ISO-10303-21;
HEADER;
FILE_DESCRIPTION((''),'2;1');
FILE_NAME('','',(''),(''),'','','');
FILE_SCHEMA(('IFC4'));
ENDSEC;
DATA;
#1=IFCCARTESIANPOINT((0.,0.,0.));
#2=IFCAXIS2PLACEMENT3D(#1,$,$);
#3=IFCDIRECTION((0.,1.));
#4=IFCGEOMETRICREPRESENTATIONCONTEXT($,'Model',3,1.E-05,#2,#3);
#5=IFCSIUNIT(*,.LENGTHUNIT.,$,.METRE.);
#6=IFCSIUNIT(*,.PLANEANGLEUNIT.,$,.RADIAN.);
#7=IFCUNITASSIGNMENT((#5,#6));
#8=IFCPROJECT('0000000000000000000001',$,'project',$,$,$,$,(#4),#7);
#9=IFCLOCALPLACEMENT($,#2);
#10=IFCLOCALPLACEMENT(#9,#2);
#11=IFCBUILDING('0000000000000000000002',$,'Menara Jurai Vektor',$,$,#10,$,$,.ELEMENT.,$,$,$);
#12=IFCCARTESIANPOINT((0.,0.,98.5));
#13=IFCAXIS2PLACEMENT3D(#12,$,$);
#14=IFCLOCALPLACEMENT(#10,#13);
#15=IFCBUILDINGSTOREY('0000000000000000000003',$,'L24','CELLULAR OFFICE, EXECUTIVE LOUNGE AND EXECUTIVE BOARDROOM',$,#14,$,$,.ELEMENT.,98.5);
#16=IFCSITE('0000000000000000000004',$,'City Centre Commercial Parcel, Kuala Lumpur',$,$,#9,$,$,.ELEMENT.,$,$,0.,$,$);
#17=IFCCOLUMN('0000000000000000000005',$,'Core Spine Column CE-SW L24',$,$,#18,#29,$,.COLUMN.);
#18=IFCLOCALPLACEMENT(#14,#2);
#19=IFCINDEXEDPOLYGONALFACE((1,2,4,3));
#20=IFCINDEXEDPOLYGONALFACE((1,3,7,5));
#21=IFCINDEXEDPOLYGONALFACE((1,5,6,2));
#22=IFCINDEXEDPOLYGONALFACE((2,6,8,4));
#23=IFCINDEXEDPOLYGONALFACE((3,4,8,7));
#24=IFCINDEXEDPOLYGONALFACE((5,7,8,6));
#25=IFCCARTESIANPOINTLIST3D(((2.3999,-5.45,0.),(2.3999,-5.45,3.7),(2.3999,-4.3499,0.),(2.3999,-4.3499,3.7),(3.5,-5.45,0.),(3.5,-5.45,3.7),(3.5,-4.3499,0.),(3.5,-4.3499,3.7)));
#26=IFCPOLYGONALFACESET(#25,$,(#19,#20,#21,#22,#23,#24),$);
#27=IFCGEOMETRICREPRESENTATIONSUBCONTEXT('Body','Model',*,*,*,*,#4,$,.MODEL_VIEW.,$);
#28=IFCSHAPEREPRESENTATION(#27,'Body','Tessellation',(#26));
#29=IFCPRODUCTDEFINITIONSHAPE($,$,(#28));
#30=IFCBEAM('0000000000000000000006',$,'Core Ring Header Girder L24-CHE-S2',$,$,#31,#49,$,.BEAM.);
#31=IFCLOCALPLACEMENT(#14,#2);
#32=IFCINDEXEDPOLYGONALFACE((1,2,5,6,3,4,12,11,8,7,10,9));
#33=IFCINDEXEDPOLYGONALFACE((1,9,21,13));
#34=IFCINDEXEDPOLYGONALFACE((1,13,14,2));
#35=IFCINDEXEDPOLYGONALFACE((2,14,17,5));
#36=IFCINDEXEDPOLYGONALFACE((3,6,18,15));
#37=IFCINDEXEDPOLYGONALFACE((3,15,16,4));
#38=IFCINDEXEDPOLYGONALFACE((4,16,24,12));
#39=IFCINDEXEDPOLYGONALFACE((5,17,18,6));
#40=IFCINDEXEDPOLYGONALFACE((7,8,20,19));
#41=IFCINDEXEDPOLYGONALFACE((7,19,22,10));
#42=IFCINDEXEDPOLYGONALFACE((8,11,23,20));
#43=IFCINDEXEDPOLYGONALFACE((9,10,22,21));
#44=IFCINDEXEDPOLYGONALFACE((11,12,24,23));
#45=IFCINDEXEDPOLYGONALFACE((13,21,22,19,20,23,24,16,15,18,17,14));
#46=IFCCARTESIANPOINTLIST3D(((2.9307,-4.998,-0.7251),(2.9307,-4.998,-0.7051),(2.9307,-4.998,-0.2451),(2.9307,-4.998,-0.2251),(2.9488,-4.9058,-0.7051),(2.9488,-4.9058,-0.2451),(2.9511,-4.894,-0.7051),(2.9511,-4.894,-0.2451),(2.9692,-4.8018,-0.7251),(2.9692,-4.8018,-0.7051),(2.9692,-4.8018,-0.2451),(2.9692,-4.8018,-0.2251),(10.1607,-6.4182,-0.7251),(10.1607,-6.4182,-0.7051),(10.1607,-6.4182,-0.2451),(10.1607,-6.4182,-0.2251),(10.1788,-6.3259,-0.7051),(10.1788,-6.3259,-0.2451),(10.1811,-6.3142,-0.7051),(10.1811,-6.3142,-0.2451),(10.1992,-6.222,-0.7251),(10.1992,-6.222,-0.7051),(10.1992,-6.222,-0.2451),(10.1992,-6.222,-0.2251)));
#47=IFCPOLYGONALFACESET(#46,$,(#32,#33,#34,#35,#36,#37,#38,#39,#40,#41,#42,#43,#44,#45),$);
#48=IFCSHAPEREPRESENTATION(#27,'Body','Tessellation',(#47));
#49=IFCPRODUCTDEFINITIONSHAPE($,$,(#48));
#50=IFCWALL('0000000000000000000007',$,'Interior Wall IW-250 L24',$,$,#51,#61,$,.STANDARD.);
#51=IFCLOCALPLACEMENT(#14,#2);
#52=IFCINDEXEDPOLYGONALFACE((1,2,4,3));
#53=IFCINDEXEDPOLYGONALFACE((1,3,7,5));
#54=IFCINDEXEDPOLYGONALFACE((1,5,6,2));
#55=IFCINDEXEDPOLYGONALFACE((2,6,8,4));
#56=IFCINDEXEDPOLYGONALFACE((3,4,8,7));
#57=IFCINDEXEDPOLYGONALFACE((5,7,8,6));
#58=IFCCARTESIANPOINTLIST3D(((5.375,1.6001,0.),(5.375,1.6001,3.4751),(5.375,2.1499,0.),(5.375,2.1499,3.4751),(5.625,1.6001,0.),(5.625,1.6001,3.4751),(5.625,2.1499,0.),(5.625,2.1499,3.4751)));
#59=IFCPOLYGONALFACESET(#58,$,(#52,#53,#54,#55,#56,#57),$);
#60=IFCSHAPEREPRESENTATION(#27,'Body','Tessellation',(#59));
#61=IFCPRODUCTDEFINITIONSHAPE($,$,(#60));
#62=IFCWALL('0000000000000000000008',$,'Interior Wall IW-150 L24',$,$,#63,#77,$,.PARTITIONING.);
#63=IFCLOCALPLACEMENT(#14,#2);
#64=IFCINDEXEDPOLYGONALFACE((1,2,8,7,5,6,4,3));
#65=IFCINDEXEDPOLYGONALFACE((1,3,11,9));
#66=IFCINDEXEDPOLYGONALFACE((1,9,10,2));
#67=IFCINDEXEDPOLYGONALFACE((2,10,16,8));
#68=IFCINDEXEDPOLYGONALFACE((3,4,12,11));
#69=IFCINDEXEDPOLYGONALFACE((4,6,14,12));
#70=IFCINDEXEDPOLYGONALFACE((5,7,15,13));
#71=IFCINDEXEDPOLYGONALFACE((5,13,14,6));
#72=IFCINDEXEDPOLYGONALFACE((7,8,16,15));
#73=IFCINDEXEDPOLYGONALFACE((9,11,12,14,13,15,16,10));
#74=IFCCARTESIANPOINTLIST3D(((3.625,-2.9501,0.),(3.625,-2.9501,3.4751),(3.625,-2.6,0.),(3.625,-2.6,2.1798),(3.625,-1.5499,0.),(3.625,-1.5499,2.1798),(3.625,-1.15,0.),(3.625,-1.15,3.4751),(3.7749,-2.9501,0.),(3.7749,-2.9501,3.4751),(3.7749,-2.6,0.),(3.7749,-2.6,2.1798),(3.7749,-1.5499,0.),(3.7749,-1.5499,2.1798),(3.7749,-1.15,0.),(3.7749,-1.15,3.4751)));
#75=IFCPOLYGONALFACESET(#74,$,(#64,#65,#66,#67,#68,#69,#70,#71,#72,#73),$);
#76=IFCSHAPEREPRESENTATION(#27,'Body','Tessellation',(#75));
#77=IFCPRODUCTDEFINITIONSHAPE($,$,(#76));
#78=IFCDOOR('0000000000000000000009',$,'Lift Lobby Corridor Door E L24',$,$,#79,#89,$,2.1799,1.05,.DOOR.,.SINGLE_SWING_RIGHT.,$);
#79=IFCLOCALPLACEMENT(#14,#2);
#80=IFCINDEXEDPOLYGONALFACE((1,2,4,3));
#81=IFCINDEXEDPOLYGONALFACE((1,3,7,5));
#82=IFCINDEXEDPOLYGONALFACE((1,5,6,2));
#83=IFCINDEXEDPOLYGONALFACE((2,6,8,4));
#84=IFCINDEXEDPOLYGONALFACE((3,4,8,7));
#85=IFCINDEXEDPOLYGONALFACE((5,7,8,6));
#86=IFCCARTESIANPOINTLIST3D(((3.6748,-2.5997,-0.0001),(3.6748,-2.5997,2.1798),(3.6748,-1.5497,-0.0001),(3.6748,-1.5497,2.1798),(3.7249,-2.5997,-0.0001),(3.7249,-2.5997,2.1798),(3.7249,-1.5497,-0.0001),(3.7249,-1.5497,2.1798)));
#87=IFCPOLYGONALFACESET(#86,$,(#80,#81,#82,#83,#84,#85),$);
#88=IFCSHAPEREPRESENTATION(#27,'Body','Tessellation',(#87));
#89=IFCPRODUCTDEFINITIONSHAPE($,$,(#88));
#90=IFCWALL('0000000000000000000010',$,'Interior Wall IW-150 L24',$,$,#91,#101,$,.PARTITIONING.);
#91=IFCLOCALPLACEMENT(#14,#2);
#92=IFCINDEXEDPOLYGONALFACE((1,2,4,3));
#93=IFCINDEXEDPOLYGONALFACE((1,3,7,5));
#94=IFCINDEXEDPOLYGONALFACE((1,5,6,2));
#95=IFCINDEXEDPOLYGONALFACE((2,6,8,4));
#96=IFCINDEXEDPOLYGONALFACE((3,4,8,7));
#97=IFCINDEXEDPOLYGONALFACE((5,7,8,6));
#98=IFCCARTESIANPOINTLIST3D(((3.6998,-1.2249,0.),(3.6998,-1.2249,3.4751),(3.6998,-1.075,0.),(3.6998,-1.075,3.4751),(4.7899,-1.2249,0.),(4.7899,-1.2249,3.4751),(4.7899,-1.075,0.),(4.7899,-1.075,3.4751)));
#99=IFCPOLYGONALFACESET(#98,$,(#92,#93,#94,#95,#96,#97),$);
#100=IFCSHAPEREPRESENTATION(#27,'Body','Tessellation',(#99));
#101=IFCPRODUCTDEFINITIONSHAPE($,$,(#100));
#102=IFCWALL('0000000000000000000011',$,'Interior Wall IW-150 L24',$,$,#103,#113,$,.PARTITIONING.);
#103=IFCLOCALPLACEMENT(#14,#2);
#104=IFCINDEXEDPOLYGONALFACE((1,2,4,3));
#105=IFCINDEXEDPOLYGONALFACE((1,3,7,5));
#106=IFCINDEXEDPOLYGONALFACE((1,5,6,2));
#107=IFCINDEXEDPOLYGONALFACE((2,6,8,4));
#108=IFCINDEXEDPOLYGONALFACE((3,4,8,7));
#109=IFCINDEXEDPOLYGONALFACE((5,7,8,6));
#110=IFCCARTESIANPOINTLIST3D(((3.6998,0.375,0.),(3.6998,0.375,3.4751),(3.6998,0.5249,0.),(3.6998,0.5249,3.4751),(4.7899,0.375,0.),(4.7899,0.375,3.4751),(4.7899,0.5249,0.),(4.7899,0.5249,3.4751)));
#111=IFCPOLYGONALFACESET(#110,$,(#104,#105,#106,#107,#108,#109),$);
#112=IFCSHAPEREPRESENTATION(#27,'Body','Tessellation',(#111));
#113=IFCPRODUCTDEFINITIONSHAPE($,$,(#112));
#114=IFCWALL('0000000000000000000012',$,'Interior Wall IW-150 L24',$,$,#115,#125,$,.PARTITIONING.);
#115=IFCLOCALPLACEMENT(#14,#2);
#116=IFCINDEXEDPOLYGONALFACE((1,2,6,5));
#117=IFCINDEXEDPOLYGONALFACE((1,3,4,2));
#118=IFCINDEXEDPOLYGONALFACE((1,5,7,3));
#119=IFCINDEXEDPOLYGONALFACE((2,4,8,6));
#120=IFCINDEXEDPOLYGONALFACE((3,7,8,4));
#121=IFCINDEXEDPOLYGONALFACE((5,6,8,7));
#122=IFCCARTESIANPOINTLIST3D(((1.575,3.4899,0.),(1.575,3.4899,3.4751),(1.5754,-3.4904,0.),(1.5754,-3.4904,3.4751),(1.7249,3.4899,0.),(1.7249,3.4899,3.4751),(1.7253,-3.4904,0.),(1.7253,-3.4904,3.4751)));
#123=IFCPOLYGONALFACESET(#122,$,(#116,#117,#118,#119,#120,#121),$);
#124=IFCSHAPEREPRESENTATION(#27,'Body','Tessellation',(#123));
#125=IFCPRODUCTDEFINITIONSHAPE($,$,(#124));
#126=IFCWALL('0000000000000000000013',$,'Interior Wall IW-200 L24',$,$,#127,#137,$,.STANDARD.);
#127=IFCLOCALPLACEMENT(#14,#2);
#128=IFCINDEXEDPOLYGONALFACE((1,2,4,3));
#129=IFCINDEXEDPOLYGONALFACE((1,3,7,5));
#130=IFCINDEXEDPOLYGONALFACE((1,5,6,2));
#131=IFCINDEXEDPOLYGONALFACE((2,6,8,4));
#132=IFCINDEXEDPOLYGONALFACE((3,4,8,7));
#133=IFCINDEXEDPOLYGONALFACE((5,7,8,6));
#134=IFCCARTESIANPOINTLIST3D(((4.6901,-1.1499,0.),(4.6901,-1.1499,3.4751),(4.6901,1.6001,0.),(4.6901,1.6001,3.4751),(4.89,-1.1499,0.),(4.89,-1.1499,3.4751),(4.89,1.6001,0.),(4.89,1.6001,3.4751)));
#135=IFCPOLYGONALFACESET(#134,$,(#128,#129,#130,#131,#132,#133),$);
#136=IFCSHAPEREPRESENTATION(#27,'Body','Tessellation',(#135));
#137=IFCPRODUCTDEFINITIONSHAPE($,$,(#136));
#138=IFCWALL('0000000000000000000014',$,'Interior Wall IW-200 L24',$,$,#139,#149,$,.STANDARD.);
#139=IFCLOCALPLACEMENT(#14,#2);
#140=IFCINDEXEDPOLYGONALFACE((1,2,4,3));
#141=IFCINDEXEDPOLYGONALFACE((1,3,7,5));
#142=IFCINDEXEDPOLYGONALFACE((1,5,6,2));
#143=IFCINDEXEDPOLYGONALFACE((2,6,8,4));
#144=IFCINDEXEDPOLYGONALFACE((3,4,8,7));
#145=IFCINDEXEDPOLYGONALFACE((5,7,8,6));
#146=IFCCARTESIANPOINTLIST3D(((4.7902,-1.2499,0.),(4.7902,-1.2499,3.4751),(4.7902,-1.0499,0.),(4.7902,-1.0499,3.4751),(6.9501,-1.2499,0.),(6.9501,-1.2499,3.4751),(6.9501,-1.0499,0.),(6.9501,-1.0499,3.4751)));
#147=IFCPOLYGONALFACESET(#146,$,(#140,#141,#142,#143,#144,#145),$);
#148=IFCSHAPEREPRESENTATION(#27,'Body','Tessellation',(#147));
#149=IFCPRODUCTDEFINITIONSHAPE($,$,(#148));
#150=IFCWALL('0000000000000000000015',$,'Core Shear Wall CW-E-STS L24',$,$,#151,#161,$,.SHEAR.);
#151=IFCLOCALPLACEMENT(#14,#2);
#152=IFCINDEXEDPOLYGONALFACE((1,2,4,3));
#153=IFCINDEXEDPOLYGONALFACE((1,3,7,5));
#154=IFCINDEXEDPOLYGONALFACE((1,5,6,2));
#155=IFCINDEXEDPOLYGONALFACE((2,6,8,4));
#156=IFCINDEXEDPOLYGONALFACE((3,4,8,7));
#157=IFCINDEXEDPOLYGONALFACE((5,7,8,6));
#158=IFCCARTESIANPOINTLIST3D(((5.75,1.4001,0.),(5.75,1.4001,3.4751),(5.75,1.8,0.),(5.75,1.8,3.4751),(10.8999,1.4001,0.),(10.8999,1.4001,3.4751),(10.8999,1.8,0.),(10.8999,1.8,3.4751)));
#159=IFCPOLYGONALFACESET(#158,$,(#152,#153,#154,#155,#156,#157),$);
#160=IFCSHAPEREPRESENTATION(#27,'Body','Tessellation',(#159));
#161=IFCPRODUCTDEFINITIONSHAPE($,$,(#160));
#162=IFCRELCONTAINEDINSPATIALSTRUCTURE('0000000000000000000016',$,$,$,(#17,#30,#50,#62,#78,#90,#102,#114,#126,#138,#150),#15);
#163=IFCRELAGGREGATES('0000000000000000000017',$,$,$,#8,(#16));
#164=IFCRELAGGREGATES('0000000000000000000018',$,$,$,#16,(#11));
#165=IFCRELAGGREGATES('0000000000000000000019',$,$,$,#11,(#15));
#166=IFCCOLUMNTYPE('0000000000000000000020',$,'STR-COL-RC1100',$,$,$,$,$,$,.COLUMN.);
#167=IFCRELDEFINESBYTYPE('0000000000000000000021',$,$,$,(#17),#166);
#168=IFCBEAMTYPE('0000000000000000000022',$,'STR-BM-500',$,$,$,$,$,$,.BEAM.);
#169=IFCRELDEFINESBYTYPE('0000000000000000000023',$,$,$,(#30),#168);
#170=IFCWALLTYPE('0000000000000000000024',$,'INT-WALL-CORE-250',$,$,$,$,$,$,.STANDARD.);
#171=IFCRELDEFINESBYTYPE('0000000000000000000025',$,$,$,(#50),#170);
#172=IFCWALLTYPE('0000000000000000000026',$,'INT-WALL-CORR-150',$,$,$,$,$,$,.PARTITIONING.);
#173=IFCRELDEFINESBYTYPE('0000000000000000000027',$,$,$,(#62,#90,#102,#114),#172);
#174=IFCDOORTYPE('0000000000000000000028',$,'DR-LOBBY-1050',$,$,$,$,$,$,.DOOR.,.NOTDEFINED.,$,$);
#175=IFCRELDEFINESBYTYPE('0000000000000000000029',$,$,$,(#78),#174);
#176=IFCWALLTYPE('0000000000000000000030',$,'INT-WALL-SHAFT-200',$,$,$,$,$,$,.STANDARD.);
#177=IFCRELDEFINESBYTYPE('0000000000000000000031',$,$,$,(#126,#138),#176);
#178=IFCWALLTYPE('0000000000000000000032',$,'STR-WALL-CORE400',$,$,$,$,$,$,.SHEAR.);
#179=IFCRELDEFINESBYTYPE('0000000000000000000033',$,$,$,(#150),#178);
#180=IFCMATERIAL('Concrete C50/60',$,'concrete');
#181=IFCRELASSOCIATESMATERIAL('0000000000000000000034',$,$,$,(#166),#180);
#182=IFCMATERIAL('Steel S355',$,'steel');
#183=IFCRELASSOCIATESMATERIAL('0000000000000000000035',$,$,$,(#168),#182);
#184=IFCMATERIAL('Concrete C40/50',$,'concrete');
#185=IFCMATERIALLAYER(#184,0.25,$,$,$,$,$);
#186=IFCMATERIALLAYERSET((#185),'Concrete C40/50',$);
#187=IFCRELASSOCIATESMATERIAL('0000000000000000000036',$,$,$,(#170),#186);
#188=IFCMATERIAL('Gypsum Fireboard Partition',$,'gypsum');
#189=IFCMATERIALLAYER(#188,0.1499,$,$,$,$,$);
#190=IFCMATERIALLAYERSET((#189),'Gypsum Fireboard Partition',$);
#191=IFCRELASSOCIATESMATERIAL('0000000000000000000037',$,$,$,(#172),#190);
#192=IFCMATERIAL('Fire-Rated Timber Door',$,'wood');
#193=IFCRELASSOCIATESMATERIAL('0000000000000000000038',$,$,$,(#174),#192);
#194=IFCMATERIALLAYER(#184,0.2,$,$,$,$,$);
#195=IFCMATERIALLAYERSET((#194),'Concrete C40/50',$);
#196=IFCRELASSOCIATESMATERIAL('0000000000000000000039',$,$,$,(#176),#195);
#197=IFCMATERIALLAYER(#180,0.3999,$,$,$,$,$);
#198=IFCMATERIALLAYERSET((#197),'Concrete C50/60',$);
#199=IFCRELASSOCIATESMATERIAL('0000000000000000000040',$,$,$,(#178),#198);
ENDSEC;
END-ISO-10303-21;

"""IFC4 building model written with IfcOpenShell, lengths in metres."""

from ifc_helpers import new_model, si_unit, direction, frame, frame_2d, origin, origin_2d, place, context, subcontext, project, spatial, rectangle, i_section, extrude, material, layer, layer_set, material_profile, profile_set, type_object, element, fill, save


model = new_model("IFC4")

# Units and contexts
model_context = context("Model", 3, precision=1e-05, world=origin(), true_north=direction((0.0, 1.0)))
body_context = subcontext(model_context, "Body", "Model", "MODEL_VIEW")
ifc_project = project(units=[si_unit("LENGTHUNIT", "METRE"), si_unit("PLANEANGLEUNIT", "RADIAN")], contexts=[model_context])

# Site, building, storey
site_placement = place(None, origin())
site = spatial("IfcSite", under=ifc_project, at=site_placement, Name="City Centre Commercial Parcel, Kuala Lumpur", CompositionType="ELEMENT", RefElevation=0.0)
building_placement = place(site_placement, origin())
building = spatial("IfcBuilding", under=site, at=building_placement, Name="Menara Jurai Vektor", CompositionType="ELEMENT")
storey_placement = place(building_placement, frame((0.0, 0.0, 98.5)))
storey = spatial("IfcBuildingStorey", under=building, at=storey_placement, Name="L24", Description="CELLULAR OFFICE, EXECUTIVE LOUNGE AND EXECUTIVE BOARDROOM", CompositionType="ELEMENT", Elevation=98.5)

# Column
ifc_material_1 = material(Name="Concrete C50/60", Category="concrete")
ifc_material_profile_1 = material_profile(ifc_material_1, rectangle(XDim=1.1001, YDim=1.1001, at=origin_2d()), Name="RC 1100x1100")
ifc_profile_set_1 = profile_set([ifc_material_profile_1], Name="Concrete C50/60")
column_type = type_object("IfcColumnType", Name="STR-COL-RC1100", PredefinedType="COLUMN", material=ifc_profile_set_1)
column_placement = place(storey_placement, frame((2.95, -4.8999, 0.0), z_axis=(0.0, 0.0, 1.0), x_axis=(1.0, 0.0, 0.0)))
element("IfcColumn", 1, at=column_placement, inside=storey, type_object=column_type, Name="Core Spine Column CE-SW L24", PredefinedType="COLUMN", context=body_context, shape_type="SweptSolid", body=[
    extrude(rectangle(XDim=1.1001, YDim=1.1001, at=origin_2d()), origin(), (0.0, 0.0, 1.0), 3.7),
])

# Beam
ifc_material_2 = material(Name="Steel S355", Category="steel")
ifc_material_profile_2 = material_profile(ifc_material_2, i_section(OverallWidth=0.2, OverallDepth=0.5, WebThickness=0.012, FlangeThickness=0.02, at=origin_2d()), Name="PG 500x200x96")
ifc_profile_set_2 = profile_set([ifc_material_profile_2], Name="Steel S355")
beam_type = type_object("IfcBeamType", Name="STR-BM-500", PredefinedType="BEAM", material=ifc_profile_set_2)
beam_placement = place(storey_placement, frame((2.95, -4.8999, -0.4751), z_axis=(0.981249, -0.192744, 0.0), x_axis=(0.192744, 0.981249, 0.0)))
element("IfcBeam", 2, at=beam_placement, inside=storey, type_object=beam_type, Name="Core Ring Header Girder L24-CHE-S2", PredefinedType="BEAM", context=body_context, shape_type="SweptSolid", body=[
    extrude(i_section(OverallWidth=0.2, OverallDepth=0.5, WebThickness=0.012, FlangeThickness=0.02, at=origin_2d()), origin(), (0.0, 0.0, 1.0), 7.3682),
])

# Wall
ifc_material_3 = material(Name="Concrete C40/50", Category="concrete")
ifc_layer_1 = layer(ifc_material_3, 0.25)
ifc_layer_set_1 = layer_set([ifc_layer_1], Name="Concrete C40/50")
wall_type_1 = type_object("IfcWallType", Name="INT-WALL-CORE-250", PredefinedType="STANDARD", material=ifc_layer_set_1)
wall_1_placement = place(storey_placement, frame((5.5, 1.6001, 0.0), z_axis=(0.0, 0.0, 1.0), x_axis=(0.0, 1.0, 0.0)))
element("IfcWall", 3, at=wall_1_placement, inside=storey, type_object=wall_type_1, Name="Interior Wall IW-250 L24", PredefinedType="STANDARD", context=body_context, shape_type="SweptSolid", body=[
    extrude(rectangle(XDim=0.5498, YDim=0.25, at=frame_2d((0.2749, 0.0))), origin(), (0.0, 0.0, 1.0), 3.4751),
])

# Wall, opening, door
ifc_material_4 = material(Name="Gypsum Fireboard Partition", Category="gypsum")
ifc_layer_2 = layer(ifc_material_4, 0.1499)
ifc_layer_set_2 = layer_set([ifc_layer_2], Name="Gypsum Fireboard Partition")
wall_type_2 = type_object("IfcWallType", Name="INT-WALL-CORR-150", PredefinedType="PARTITIONING", material=ifc_layer_set_2)
wall_2_placement = place(storey_placement, frame((3.7, -2.95, 0.0), z_axis=(0.0, 0.0, 1.0), x_axis=(0.0, 1.0, 0.0)))
wall_2 = element("IfcWall", 4, at=wall_2_placement, inside=storey, type_object=wall_type_2, Name="Interior Wall IW-150 L24", PredefinedType="PARTITIONING", context=body_context, shape_type="SweptSolid", body=[
    extrude(rectangle(XDim=1.8, YDim=0.1499, at=frame_2d((0.8999, 0.0))), origin(), (0.0, 0.0, 1.0), 3.4751),
])
opening_1_placement = place(wall_2_placement, frame((0.3501, 0.0, 0.0)))
opening_1 = element("IfcOpeningElement", 5, at=opening_1_placement, cuts=wall_2, PredefinedType="OPENING", context=body_context, shape_type="SweptSolid", body=[
    extrude(rectangle(XDim=1.05, YDim=2.1799, at=frame_2d((0.5249, 1.0898))), frame((0.0, 0.085, 0.0), z_axis=(0.0, -1.0, 0.0), x_axis=(1.0, 0.0, 0.0)), (0.0, 0.0, 1.0), 0.1699),
])
ifc_material_5 = material(Name="Fire-Rated Timber Door", Category="wood")
door_type_1 = type_object("IfcDoorType", Name="DR-LOBBY-1050", OperationType="NOTDEFINED", PredefinedType="DOOR", material=ifc_material_5)
door_1_placement = place(opening_1_placement, frame((1.05, 0.0, 0.0), z_axis=(0.0, 0.0, 1.0), x_axis=(-1.0, 0.0, 0.0)))
door_1 = element("IfcDoor", 6, at=door_1_placement, inside=storey, type_object=door_type_1, Name="Lift Lobby Corridor Door E L24", OperationType="SINGLE_SWING_RIGHT", OverallHeight=2.1799, OverallWidth=1.05, PredefinedType="DOOR", context=body_context, shape_type="SweptSolid", body=[
    extrude(rectangle(XDim=1.05, YDim=2.1799, at=frame_2d((0.5249, 1.0898))), frame((0.0, 0.0249, 0.0), z_axis=(0.0, -1.0, 0.0), x_axis=(1.0, 0.0, 0.0)), (0.0, 0.0, 1.0), 0.05),
])
fill(opening_1, door_1)

# Walls
for number, where, z_axis, x_axis, name in (
    (7, (3.7, -1.1499, 0.0), (0.0, 0.0, 1.0), (1.0, 0.0, 0.0), "Interior Wall IW-150 L24"),
    (8, (3.7, 0.45, 0.0), (0.0, 0.0, 1.0), (1.0, 0.0, 0.0), "Interior Wall IW-150 L24"),
):
    element("IfcWall", number, at=place(storey_placement, frame(where, z_axis=z_axis, x_axis=x_axis)), inside=storey, type_object=wall_type_2, Name=name, PredefinedType="PARTITIONING", context=body_context, shape_type="SweptSolid", body=[
        extrude(rectangle(XDim=1.0901, YDim=0.1499, at=frame_2d((0.5449, 0.0))), origin(), (0.0, 0.0, 1.0), 3.4751),
    ])
wall_3_placement = place(storey_placement, frame((1.6504, -3.4905, 0.0), z_axis=(0.0, 0.0, 1.0), x_axis=(-0.00007, 1.0, 0.0)))
element("IfcWall", 9, at=wall_3_placement, inside=storey, type_object=wall_type_2, Name="Interior Wall IW-150 L24", PredefinedType="PARTITIONING", context=body_context, shape_type="SweptSolid", body=[
    extrude(rectangle(XDim=6.9802, YDim=0.1499, at=frame_2d((3.4902, 0.0))), origin(), (0.0, 0.0, 1.0), 3.4751),
])

# Shared definitions
ifc_layer_3 = layer(ifc_material_3, 0.2)
ifc_layer_set_3 = layer_set([ifc_layer_3], Name="Concrete C40/50")
wall_type_3 = type_object("IfcWallType", Name="INT-WALL-SHAFT-200", PredefinedType="STANDARD", material=ifc_layer_set_3)

# Walls
wall_4_placement = place(storey_placement, frame((4.79, -1.1499, 0.0), z_axis=(0.0, 0.0, 1.0), x_axis=(0.0, 1.0, 0.0)))
element("IfcWall", 10, at=wall_4_placement, inside=storey, type_object=wall_type_3, Name="Interior Wall IW-200 L24", PredefinedType="STANDARD", context=body_context, shape_type="SweptSolid", body=[
    extrude(rectangle(XDim=2.75, YDim=0.2, at=frame_2d((1.375, 0.0))), origin(), (0.0, 0.0, 1.0), 3.4751),
])
wall_5_placement = place(storey_placement, frame((4.79, -1.1499, 0.0), z_axis=(0.0, 0.0, 1.0), x_axis=(1.0, 0.0, 0.0)))
element("IfcWall", 11, at=wall_5_placement, inside=storey, type_object=wall_type_3, Name="Interior Wall IW-200 L24", PredefinedType="STANDARD", context=body_context, shape_type="SweptSolid", body=[
    extrude(rectangle(XDim=2.1599, YDim=0.2, at=frame_2d((1.0801, 0.0))), origin(), (0.0, 0.0, 1.0), 3.4751),
])

# Wall
ifc_layer_4 = layer(ifc_material_1, 0.3999)
ifc_layer_set_4 = layer_set([ifc_layer_4], Name="Concrete C50/60")
wall_type_4 = type_object("IfcWallType", Name="STR-WALL-CORE400", PredefinedType="SHEAR", material=ifc_layer_set_4)
wall_6_placement = place(storey_placement, frame((5.75, 1.6001, 0.0), z_axis=(0.0, 0.0, 1.0), x_axis=(1.0, 0.0, 0.0)))
element("IfcWall", 12, at=wall_6_placement, inside=storey, type_object=wall_type_4, Name="Core Shear Wall CW-E-STS L24", PredefinedType="SHEAR", context=body_context, shape_type="SweptSolid", body=[
    extrude(rectangle(XDim=5.1499, YDim=0.3999, at=frame_2d((2.575, 0.0))), origin(), (0.0, 0.0, 1.0), 3.4751),
])

save(model, "model.ifc")
